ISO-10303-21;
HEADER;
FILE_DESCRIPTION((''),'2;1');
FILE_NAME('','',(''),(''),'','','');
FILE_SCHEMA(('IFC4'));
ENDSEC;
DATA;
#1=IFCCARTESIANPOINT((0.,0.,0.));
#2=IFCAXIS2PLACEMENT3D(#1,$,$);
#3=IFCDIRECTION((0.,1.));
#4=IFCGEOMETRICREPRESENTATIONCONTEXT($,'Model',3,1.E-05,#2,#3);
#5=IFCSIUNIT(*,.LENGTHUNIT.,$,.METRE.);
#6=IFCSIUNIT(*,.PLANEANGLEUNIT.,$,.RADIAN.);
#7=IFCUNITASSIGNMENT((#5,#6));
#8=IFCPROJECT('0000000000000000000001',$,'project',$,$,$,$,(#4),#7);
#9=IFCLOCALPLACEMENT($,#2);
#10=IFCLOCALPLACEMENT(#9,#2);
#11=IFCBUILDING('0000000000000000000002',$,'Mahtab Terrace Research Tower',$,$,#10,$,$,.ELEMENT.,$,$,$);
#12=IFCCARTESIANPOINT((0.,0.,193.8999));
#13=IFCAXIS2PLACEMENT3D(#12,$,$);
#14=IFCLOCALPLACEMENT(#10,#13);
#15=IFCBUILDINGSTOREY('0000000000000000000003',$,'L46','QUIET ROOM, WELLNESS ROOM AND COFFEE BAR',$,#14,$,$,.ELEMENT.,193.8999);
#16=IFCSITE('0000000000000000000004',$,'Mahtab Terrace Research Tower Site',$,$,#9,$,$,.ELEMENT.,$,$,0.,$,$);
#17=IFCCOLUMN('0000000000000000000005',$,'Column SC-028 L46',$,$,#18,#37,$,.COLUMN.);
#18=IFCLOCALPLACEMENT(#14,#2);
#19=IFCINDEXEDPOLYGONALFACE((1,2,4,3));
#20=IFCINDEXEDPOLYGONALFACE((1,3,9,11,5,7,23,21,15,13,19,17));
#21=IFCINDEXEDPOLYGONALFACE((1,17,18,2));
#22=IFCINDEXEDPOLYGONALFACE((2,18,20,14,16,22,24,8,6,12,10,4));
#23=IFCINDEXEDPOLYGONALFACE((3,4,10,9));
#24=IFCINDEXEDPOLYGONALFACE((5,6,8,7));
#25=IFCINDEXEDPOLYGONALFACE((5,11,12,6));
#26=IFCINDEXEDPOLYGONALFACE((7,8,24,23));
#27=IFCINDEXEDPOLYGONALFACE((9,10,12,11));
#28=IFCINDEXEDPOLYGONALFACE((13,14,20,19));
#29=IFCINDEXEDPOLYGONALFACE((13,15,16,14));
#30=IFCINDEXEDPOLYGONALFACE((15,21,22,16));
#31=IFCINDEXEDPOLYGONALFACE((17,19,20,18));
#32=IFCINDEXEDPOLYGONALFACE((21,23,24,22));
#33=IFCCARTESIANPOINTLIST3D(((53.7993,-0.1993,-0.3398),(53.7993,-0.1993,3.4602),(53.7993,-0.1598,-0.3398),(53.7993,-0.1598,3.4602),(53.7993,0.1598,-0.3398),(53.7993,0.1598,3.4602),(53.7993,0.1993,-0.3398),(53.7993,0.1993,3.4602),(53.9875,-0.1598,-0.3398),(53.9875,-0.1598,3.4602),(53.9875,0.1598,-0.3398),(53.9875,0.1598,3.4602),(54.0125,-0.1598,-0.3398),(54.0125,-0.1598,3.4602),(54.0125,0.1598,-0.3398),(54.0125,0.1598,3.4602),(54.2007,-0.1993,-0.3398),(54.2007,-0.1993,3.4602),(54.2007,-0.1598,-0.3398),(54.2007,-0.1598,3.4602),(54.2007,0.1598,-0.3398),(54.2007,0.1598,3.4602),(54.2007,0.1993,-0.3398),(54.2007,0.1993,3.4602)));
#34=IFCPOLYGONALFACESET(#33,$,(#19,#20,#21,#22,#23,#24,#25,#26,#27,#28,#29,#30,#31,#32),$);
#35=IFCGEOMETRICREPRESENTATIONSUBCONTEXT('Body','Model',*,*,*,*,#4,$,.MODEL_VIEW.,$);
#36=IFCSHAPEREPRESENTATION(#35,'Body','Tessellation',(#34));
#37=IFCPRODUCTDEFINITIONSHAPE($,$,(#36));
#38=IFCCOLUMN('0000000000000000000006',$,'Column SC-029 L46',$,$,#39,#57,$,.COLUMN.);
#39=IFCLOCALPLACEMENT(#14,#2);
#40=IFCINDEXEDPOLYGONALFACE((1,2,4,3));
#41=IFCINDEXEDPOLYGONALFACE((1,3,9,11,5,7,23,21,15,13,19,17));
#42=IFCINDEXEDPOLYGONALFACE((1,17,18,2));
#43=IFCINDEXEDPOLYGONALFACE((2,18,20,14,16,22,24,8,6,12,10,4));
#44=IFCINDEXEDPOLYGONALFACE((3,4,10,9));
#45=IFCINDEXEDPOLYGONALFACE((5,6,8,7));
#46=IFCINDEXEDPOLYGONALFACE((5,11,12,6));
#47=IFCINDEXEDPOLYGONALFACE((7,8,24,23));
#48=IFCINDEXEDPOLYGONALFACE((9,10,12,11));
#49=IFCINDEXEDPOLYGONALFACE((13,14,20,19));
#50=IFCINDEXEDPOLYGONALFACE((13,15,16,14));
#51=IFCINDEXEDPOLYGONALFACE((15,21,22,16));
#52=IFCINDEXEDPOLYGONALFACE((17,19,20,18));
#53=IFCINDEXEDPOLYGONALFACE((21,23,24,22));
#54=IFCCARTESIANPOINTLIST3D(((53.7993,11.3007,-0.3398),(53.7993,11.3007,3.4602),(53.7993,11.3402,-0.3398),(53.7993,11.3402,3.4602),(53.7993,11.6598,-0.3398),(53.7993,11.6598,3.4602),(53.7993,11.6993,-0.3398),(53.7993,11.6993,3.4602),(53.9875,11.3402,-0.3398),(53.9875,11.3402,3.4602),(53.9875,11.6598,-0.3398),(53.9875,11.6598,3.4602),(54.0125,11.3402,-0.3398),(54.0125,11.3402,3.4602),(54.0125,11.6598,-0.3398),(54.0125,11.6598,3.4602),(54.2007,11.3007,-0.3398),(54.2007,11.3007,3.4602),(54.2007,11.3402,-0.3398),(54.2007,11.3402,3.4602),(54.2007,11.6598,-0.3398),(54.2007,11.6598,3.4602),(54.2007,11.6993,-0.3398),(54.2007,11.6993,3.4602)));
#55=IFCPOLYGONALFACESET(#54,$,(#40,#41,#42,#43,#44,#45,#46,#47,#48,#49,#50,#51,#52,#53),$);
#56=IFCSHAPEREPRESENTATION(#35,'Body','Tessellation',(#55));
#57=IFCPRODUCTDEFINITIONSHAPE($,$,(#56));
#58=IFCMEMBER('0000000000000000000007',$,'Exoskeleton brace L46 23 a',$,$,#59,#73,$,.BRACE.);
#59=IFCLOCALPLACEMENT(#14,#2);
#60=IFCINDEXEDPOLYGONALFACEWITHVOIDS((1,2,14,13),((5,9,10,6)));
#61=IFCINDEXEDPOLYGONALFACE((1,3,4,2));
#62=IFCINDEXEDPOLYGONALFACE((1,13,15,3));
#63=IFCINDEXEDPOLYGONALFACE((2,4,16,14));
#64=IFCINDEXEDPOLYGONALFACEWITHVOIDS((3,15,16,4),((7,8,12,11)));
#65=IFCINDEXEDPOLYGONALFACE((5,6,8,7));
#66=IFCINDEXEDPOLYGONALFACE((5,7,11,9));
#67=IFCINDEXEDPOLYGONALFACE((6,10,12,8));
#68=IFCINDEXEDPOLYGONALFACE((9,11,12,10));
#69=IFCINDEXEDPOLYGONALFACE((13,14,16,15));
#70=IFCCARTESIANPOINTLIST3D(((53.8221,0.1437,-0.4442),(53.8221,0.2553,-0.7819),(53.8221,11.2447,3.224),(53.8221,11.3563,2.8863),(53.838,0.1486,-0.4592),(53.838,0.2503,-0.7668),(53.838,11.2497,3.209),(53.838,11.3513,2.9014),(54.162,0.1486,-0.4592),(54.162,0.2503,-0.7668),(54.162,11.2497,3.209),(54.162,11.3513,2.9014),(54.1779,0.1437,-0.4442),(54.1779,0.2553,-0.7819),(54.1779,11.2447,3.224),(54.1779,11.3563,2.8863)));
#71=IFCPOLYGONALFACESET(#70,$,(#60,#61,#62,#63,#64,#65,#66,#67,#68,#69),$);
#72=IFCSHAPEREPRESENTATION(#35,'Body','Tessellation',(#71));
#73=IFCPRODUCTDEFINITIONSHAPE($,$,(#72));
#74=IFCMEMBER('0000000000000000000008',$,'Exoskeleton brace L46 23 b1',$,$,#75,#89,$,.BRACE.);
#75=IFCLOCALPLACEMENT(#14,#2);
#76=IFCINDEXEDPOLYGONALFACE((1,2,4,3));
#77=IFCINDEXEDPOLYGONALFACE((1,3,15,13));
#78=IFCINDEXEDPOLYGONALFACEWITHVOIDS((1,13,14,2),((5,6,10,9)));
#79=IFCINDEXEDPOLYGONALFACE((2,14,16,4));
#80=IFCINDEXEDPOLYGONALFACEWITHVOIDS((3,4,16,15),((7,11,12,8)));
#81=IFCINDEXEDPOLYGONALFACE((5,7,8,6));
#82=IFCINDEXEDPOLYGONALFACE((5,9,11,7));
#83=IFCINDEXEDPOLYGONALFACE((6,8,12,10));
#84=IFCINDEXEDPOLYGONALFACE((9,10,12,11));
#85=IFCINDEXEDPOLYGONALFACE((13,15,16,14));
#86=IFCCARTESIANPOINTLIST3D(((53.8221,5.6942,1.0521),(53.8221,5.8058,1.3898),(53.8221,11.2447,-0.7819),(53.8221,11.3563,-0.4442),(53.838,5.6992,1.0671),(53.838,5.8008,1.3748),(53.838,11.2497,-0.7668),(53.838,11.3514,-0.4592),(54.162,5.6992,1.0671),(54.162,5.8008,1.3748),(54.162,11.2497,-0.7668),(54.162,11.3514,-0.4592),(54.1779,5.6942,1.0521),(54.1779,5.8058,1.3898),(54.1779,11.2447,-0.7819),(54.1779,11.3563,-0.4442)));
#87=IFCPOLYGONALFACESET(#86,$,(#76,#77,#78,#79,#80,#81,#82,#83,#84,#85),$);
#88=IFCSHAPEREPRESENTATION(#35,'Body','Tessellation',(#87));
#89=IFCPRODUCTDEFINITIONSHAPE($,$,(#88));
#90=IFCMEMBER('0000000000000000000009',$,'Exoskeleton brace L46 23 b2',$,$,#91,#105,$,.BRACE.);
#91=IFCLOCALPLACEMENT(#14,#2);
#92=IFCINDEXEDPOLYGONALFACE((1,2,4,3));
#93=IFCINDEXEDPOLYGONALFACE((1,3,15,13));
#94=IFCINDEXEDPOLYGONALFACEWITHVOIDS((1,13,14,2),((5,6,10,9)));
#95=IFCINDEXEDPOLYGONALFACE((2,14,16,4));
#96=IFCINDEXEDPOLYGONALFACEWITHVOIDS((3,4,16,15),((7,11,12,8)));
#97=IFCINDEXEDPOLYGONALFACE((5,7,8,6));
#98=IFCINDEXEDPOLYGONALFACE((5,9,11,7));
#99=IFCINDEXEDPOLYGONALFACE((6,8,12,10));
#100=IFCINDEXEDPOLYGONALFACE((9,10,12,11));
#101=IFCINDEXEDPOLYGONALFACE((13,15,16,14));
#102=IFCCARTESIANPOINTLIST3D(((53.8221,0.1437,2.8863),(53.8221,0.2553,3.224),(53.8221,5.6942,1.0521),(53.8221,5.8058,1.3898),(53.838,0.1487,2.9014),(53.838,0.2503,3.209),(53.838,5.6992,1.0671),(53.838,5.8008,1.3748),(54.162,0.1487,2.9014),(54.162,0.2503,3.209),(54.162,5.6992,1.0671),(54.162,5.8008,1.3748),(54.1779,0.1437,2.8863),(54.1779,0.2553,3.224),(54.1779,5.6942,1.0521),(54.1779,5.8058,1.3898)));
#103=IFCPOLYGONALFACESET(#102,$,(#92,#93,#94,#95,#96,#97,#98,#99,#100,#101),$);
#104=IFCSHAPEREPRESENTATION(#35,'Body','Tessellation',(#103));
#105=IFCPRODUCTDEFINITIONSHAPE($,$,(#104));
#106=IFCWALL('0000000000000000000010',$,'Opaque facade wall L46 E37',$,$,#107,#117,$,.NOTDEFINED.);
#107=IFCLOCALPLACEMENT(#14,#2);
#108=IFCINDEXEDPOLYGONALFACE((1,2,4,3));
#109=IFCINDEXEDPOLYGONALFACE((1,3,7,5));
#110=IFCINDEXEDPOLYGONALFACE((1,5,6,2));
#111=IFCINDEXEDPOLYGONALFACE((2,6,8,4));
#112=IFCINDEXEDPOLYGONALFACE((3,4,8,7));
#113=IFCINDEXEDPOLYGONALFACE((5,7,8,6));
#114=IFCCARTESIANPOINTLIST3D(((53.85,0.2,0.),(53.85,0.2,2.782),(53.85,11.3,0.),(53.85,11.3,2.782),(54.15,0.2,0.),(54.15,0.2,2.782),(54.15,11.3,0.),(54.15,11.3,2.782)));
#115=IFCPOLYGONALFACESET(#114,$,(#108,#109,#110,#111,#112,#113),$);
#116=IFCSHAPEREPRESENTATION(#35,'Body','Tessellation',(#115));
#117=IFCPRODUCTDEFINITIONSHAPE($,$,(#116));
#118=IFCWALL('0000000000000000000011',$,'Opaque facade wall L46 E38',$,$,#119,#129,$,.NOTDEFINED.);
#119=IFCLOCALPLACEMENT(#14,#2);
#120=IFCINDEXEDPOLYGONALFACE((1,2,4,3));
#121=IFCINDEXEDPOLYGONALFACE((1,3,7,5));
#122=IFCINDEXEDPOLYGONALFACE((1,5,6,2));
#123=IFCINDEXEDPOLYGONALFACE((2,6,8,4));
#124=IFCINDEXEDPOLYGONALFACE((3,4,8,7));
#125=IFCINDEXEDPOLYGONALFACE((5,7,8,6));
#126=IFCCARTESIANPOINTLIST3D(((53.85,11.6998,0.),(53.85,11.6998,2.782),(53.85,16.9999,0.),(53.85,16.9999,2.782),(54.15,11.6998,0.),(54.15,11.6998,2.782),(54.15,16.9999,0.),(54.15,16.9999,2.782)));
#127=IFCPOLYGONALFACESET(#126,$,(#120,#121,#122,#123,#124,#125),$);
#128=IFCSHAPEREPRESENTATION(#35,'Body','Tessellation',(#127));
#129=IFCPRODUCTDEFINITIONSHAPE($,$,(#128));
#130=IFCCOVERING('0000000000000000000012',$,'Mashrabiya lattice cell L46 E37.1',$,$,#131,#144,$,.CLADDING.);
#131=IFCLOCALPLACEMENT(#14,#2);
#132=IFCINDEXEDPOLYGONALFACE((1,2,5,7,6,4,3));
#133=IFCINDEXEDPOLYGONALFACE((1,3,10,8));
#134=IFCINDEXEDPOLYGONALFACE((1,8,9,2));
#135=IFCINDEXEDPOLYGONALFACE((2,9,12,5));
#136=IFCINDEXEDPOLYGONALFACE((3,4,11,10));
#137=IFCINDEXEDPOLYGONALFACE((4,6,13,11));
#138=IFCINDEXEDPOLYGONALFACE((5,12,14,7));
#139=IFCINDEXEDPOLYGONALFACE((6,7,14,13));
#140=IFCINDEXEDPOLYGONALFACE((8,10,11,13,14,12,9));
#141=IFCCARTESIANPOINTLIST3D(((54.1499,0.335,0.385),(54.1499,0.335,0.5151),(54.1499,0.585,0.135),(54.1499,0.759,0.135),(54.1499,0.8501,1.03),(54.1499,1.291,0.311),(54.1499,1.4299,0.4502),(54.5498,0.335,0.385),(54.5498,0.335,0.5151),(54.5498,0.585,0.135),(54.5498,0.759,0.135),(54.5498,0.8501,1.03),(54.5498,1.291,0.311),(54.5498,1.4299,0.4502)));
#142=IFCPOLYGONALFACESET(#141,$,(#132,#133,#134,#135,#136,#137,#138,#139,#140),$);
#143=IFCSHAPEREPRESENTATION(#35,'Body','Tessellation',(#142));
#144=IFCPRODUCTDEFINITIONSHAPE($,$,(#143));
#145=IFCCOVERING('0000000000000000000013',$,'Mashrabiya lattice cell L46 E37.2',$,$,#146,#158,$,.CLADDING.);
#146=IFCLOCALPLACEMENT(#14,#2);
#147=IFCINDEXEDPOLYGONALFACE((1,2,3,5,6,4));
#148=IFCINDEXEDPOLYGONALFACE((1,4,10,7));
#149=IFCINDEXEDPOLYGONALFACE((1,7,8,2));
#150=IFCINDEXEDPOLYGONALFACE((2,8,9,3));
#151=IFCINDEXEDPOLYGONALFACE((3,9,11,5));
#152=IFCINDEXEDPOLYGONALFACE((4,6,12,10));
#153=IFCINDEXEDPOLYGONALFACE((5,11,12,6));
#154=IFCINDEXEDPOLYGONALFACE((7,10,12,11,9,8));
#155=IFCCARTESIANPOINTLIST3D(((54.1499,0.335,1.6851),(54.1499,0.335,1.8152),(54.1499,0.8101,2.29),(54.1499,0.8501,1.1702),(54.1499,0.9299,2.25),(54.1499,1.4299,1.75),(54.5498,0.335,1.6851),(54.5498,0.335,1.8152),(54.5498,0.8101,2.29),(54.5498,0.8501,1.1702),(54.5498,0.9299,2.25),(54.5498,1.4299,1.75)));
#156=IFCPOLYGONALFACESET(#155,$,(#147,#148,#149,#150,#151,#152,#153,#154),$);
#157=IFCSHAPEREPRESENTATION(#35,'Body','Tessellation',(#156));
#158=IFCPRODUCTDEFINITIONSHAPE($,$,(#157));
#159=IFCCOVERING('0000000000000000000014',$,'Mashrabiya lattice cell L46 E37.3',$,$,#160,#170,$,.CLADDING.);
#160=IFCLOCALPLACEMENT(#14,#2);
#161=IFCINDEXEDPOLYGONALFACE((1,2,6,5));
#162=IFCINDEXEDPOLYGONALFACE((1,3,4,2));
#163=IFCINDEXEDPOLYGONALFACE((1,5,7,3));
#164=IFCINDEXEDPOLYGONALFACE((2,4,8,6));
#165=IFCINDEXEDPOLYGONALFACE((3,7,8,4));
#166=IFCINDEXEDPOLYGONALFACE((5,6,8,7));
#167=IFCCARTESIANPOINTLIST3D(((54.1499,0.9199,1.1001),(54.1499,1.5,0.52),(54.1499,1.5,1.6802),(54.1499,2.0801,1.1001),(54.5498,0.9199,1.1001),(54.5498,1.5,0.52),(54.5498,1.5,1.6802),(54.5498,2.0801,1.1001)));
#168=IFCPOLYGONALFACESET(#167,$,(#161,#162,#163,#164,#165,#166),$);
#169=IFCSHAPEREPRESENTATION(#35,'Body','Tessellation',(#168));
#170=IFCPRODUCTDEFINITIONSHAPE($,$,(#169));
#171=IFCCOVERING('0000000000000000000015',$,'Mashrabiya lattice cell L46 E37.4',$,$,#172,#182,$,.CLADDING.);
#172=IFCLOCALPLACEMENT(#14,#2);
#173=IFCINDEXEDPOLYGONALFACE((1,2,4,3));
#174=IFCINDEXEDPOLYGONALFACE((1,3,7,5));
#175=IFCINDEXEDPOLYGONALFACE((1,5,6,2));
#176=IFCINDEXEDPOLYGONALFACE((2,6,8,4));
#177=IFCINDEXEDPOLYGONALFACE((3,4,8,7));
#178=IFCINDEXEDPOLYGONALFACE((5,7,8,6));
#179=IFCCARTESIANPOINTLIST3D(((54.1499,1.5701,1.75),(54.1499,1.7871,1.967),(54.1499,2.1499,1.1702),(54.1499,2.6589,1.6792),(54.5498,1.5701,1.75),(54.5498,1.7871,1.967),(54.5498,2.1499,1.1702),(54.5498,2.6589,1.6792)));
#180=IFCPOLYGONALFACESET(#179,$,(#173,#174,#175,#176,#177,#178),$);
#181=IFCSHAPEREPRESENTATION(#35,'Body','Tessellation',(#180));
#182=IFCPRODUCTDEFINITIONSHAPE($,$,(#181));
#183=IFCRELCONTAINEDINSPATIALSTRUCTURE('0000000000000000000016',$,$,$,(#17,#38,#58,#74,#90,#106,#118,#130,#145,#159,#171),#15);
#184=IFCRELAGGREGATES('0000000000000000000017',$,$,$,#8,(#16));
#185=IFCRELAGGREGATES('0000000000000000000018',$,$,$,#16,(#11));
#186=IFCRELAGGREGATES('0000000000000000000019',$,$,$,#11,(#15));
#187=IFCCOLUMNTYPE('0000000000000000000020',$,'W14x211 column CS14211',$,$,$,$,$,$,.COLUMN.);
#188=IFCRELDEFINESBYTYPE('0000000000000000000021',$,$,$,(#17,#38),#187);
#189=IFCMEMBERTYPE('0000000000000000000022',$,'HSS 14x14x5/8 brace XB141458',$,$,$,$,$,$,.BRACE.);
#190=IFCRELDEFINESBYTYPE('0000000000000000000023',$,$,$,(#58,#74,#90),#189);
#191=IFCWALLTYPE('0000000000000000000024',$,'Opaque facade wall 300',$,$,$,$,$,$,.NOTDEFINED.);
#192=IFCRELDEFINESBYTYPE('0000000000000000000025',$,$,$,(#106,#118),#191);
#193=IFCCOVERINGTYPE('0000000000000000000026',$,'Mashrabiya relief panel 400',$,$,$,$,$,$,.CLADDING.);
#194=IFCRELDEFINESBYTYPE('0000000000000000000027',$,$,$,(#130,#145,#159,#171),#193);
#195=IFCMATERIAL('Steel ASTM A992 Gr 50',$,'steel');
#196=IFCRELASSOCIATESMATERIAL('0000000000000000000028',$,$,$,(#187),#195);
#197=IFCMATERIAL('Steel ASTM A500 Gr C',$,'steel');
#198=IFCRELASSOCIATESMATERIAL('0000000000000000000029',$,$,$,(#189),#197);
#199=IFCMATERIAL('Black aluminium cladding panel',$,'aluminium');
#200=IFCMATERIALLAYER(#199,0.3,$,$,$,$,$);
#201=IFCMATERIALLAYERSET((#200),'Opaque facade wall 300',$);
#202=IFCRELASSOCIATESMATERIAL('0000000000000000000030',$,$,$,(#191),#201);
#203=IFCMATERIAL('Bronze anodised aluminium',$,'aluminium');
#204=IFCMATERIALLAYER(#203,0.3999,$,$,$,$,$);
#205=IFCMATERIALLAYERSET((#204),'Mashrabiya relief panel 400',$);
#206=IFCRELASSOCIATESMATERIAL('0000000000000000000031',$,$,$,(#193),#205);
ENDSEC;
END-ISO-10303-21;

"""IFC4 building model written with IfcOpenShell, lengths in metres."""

from ifc_helpers import new_model, si_unit, direction, frame, frame_2d, origin, origin_2d, place, context, subcontext, project, spatial, polyline, rectangle, hollow_rectangle, i_section, outline, extrude, material, layer, layer_set, material_profile, profile_set, type_object, element, save


model = new_model("IFC4")

# Units and contexts
model_context = context("Model", 3, precision=1e-05, world=origin(), true_north=direction((0.0, 1.0)))
body_context = subcontext(model_context, "Body", "Model", "MODEL_VIEW")
ifc_project = project(units=[si_unit("LENGTHUNIT", "METRE"), si_unit("PLANEANGLEUNIT", "RADIAN")], contexts=[model_context])

# Site, building, storey
site_placement = place(None, origin())
site = spatial("IfcSite", under=ifc_project, at=site_placement, Name="Mahtab Terrace Research Tower Site", CompositionType="ELEMENT", RefElevation=0.0)
building_placement = place(site_placement, origin())
building = spatial("IfcBuilding", under=site, at=building_placement, Name="Mahtab Terrace Research Tower", CompositionType="ELEMENT")
storey_placement = place(building_placement, frame((0.0, 0.0, 193.8999)))
storey = spatial("IfcBuildingStorey", under=building, at=storey_placement, Name="L46", Description="QUIET ROOM, WELLNESS ROOM AND COFFEE BAR", CompositionType="ELEMENT", Elevation=193.8999)

# Columns
ifc_material_1 = material(Name="Steel ASTM A992 Gr 50", Category="steel")
ifc_material_profile_1 = material_profile(ifc_material_1, i_section(OverallWidth=0.4014, OverallDepth=0.3987, WebThickness=0.0249, FlangeThickness=0.0396, at=origin_2d()), Name="W14X211")
ifc_profile_set_1 = profile_set([ifc_material_profile_1], Name="Steel ASTM A992 Gr 50")
column_type = type_object("IfcColumnType", Name="W14x211 column CS14211", PredefinedType="COLUMN", material=ifc_profile_set_1)
for number, where, z_axis, x_axis, name in (
    (1, (54.0, 0.0, -0.3398), (0.0, 0.0, 1.0), (1.0, 0.0, 0.0), "Column SC-028 L46"),
    (2, (54.0, 11.5, -0.3398), (0.0, 0.0, 1.0), (1.0, 0.0, 0.0), "Column SC-029 L46"),
):
    element("IfcColumn", number, at=place(storey_placement, frame(where, z_axis=z_axis, x_axis=x_axis)), inside=storey, type_object=column_type, Name=name, PredefinedType="COLUMN", context=body_context, shape_type="SweptSolid", body=[
        extrude(i_section(OverallWidth=0.4014, OverallDepth=0.3987, WebThickness=0.0249, FlangeThickness=0.0396, at=origin_2d()), origin(), (0.0, 0.0, 1.0), 3.8),
    ])

# Members
ifc_material_2 = material(Name="Steel ASTM A500 Gr C", Category="steel")
ifc_material_profile_2 = material_profile(ifc_material_2, hollow_rectangle(XDim=0.3557, YDim=0.3557, WallThickness=0.0159, at=origin_2d()), Name="HSS14X14X5/8")
ifc_profile_set_2 = profile_set([ifc_material_profile_2], Name="Steel ASTM A500 Gr C")
member_type = type_object("IfcMemberType", Name="HSS 14x14x5/8 brace XB141458", PredefinedType="BRACE", material=ifc_profile_set_2)
member_placement = place(storey_placement, frame((54.0, 0.1995, -0.613), z_axis=(0.0, 0.949505, 0.313752), x_axis=(-1.0, 0.0, 0.0)))
element("IfcMember", 3, at=member_placement, inside=storey, type_object=member_type, Name="Exoskeleton brace L46 23 a", PredefinedType="BRACE", context=body_context, shape_type="SweptSolid", body=[
    extrude(hollow_rectangle(XDim=0.3557, YDim=0.3557, WallThickness=0.0159, at=origin_2d()), origin(), (0.0, 0.0, 1.0), 11.6914),
])
for number, where, z_axis, x_axis, name in (
    (4, (54.0, 11.3005, -0.613), (0.0, -0.949511, 0.313733), (1.0, 0.0, 0.0), "Exoskeleton brace L46 23 b1"),
    (5, (54.0, 5.75, 1.2209), (0.0, -0.949499, 0.313771), (1.0, 0.0, 0.0), "Exoskeleton brace L46 23 b2"),
):
    element("IfcMember", number, at=place(storey_placement, frame(where, z_axis=z_axis, x_axis=x_axis)), inside=storey, type_object=member_type, Name=name, PredefinedType="BRACE", context=body_context, shape_type="SweptSolid", body=[
        extrude(hollow_rectangle(XDim=0.3557, YDim=0.3557, WallThickness=0.0159, at=origin_2d()), origin(), (0.0, 0.0, 1.0), 5.8457),
    ])

# Walls
ifc_material_3 = material(Name="Black aluminium cladding panel", Category="aluminium")
ifc_layer_1 = layer(ifc_material_3, 0.3)
ifc_layer_set_1 = layer_set([ifc_layer_1], Name="Opaque facade wall 300")
wall_type = type_object("IfcWallType", Name="Opaque facade wall 300", PredefinedType="NOTDEFINED", material=ifc_layer_set_1)
wall_1_placement = place(storey_placement, frame((54.0, 0.2, 0.0), z_axis=(0.0, 0.0, 1.0), x_axis=(0.0, 1.0, 0.0)))
element("IfcWall", 6, at=wall_1_placement, inside=storey, type_object=wall_type, Name="Opaque facade wall L46 E37", PredefinedType="NOTDEFINED", context=body_context, shape_type="SweptSolid", body=[
    extrude(rectangle(XDim=11.1001, YDim=0.3, at=frame_2d((5.55, 0.0))), origin(), (0.0, 0.0, 1.0), 2.782),
])
wall_2_placement = place(storey_placement, frame((54.0, 11.7, 0.0), z_axis=(0.0, 0.0, 1.0), x_axis=(0.0, 1.0, 0.0)))
element("IfcWall", 7, at=wall_2_placement, inside=storey, type_object=wall_type, Name="Opaque facade wall L46 E38", PredefinedType="NOTDEFINED", context=body_context, shape_type="SweptSolid", body=[
    extrude(rectangle(XDim=5.3, YDim=0.3, at=frame_2d((2.6499, 0.0))), origin(), (0.0, 0.0, 1.0), 2.782),
])

# Coverings
ifc_material_4 = material(Name="Bronze anodised aluminium", Category="aluminium")
ifc_layer_2 = layer(ifc_material_4, 0.3999)
ifc_layer_set_2 = layer_set([ifc_layer_2], Name="Mashrabiya relief panel 400")
covering_type_1 = type_object("IfcCoveringType", Name="Mashrabiya relief panel 400", PredefinedType="CLADDING", material=ifc_layer_set_2)
covering_1_placement = place(storey_placement, frame((54.1499, 0.335, 0.385), z_axis=(-1.0, 0.0, 0.0), x_axis=(0.0, 0.0, 1.0)))
element("IfcCovering", 8, at=covering_1_placement, inside=storey, type_object=covering_type_1, Name="Mashrabiya lattice cell L46 E37.1", PredefinedType="CLADDING", context=body_context, shape_type="SweptSolid", body=[
    extrude(outline(polyline([(0.0, 0.0), (0.1301, 0.0), (0.645, 0.5151), (0.0652, 1.095), (-0.074, 0.9561), (-0.25, 0.4241), (-0.25, 0.25), (0.0, 0.0)])), origin(), (0.0, 0.0, -1.0), 0.3999),
])
covering_2_placement = place(storey_placement, frame((54.1499, 1.4299, 1.75), z_axis=(-1.0, 0.0, 0.0), x_axis=(0.0, -0.707107, -0.707107)))
element("IfcCovering", 9, at=covering_2_placement, inside=storey, type_object=covering_type_1, Name="Mashrabiya lattice cell L46 E37.2", PredefinedType="CLADDING", context=body_context, shape_type="SweptSolid", body=[
    extrude(outline(polyline([(0.0, 0.0), (0.82, 0.0), (0.8202, 0.7283), (0.7282, 0.8204), (0.0565, 0.8202), (0.0, 0.7071), (0.0, 0.0)])), origin(), (0.0, 0.0, -1.0), 0.3999),
])
covering_3_placement = place(storey_placement, frame((54.1499, 1.5, 1.6802), z_axis=(-1.0, 0.0, 0.0), x_axis=(0.0, 0.707107, -0.707107)))
element("IfcCovering", 10, at=covering_3_placement, inside=storey, type_object=covering_type_1, Name="Mashrabiya lattice cell L46 E37.3", PredefinedType="CLADDING", context=body_context, shape_type="SweptSolid", body=[
    extrude(outline(polyline([(0.0, 0.0), (0.8204, 0.0), (0.8204, 0.8204), (0.0, 0.8204), (0.0, 0.0)])), origin(), (0.0, 0.0, -1.0), 0.3999),
])
covering_4_placement = place(storey_placement, frame((54.1499, 2.1499, 1.1702), z_axis=(-1.0, 0.0, 0.0), x_axis=(0.0, -0.707107, 0.707107)))
element("IfcCovering", 11, at=covering_4_placement, inside=storey, type_object=covering_type_1, Name="Mashrabiya lattice cell L46 E37.4", PredefinedType="CLADDING", context=body_context, shape_type="SweptSolid", body=[
    extrude(outline(polyline([(0.0, 0.0), (0.82, 0.0), (0.82, 0.3069), (0.0, 0.7199), (0.0, 0.0)])), origin(), (0.0, 0.0, -1.0), 0.3999),
])

save(model, "model.ifc")
